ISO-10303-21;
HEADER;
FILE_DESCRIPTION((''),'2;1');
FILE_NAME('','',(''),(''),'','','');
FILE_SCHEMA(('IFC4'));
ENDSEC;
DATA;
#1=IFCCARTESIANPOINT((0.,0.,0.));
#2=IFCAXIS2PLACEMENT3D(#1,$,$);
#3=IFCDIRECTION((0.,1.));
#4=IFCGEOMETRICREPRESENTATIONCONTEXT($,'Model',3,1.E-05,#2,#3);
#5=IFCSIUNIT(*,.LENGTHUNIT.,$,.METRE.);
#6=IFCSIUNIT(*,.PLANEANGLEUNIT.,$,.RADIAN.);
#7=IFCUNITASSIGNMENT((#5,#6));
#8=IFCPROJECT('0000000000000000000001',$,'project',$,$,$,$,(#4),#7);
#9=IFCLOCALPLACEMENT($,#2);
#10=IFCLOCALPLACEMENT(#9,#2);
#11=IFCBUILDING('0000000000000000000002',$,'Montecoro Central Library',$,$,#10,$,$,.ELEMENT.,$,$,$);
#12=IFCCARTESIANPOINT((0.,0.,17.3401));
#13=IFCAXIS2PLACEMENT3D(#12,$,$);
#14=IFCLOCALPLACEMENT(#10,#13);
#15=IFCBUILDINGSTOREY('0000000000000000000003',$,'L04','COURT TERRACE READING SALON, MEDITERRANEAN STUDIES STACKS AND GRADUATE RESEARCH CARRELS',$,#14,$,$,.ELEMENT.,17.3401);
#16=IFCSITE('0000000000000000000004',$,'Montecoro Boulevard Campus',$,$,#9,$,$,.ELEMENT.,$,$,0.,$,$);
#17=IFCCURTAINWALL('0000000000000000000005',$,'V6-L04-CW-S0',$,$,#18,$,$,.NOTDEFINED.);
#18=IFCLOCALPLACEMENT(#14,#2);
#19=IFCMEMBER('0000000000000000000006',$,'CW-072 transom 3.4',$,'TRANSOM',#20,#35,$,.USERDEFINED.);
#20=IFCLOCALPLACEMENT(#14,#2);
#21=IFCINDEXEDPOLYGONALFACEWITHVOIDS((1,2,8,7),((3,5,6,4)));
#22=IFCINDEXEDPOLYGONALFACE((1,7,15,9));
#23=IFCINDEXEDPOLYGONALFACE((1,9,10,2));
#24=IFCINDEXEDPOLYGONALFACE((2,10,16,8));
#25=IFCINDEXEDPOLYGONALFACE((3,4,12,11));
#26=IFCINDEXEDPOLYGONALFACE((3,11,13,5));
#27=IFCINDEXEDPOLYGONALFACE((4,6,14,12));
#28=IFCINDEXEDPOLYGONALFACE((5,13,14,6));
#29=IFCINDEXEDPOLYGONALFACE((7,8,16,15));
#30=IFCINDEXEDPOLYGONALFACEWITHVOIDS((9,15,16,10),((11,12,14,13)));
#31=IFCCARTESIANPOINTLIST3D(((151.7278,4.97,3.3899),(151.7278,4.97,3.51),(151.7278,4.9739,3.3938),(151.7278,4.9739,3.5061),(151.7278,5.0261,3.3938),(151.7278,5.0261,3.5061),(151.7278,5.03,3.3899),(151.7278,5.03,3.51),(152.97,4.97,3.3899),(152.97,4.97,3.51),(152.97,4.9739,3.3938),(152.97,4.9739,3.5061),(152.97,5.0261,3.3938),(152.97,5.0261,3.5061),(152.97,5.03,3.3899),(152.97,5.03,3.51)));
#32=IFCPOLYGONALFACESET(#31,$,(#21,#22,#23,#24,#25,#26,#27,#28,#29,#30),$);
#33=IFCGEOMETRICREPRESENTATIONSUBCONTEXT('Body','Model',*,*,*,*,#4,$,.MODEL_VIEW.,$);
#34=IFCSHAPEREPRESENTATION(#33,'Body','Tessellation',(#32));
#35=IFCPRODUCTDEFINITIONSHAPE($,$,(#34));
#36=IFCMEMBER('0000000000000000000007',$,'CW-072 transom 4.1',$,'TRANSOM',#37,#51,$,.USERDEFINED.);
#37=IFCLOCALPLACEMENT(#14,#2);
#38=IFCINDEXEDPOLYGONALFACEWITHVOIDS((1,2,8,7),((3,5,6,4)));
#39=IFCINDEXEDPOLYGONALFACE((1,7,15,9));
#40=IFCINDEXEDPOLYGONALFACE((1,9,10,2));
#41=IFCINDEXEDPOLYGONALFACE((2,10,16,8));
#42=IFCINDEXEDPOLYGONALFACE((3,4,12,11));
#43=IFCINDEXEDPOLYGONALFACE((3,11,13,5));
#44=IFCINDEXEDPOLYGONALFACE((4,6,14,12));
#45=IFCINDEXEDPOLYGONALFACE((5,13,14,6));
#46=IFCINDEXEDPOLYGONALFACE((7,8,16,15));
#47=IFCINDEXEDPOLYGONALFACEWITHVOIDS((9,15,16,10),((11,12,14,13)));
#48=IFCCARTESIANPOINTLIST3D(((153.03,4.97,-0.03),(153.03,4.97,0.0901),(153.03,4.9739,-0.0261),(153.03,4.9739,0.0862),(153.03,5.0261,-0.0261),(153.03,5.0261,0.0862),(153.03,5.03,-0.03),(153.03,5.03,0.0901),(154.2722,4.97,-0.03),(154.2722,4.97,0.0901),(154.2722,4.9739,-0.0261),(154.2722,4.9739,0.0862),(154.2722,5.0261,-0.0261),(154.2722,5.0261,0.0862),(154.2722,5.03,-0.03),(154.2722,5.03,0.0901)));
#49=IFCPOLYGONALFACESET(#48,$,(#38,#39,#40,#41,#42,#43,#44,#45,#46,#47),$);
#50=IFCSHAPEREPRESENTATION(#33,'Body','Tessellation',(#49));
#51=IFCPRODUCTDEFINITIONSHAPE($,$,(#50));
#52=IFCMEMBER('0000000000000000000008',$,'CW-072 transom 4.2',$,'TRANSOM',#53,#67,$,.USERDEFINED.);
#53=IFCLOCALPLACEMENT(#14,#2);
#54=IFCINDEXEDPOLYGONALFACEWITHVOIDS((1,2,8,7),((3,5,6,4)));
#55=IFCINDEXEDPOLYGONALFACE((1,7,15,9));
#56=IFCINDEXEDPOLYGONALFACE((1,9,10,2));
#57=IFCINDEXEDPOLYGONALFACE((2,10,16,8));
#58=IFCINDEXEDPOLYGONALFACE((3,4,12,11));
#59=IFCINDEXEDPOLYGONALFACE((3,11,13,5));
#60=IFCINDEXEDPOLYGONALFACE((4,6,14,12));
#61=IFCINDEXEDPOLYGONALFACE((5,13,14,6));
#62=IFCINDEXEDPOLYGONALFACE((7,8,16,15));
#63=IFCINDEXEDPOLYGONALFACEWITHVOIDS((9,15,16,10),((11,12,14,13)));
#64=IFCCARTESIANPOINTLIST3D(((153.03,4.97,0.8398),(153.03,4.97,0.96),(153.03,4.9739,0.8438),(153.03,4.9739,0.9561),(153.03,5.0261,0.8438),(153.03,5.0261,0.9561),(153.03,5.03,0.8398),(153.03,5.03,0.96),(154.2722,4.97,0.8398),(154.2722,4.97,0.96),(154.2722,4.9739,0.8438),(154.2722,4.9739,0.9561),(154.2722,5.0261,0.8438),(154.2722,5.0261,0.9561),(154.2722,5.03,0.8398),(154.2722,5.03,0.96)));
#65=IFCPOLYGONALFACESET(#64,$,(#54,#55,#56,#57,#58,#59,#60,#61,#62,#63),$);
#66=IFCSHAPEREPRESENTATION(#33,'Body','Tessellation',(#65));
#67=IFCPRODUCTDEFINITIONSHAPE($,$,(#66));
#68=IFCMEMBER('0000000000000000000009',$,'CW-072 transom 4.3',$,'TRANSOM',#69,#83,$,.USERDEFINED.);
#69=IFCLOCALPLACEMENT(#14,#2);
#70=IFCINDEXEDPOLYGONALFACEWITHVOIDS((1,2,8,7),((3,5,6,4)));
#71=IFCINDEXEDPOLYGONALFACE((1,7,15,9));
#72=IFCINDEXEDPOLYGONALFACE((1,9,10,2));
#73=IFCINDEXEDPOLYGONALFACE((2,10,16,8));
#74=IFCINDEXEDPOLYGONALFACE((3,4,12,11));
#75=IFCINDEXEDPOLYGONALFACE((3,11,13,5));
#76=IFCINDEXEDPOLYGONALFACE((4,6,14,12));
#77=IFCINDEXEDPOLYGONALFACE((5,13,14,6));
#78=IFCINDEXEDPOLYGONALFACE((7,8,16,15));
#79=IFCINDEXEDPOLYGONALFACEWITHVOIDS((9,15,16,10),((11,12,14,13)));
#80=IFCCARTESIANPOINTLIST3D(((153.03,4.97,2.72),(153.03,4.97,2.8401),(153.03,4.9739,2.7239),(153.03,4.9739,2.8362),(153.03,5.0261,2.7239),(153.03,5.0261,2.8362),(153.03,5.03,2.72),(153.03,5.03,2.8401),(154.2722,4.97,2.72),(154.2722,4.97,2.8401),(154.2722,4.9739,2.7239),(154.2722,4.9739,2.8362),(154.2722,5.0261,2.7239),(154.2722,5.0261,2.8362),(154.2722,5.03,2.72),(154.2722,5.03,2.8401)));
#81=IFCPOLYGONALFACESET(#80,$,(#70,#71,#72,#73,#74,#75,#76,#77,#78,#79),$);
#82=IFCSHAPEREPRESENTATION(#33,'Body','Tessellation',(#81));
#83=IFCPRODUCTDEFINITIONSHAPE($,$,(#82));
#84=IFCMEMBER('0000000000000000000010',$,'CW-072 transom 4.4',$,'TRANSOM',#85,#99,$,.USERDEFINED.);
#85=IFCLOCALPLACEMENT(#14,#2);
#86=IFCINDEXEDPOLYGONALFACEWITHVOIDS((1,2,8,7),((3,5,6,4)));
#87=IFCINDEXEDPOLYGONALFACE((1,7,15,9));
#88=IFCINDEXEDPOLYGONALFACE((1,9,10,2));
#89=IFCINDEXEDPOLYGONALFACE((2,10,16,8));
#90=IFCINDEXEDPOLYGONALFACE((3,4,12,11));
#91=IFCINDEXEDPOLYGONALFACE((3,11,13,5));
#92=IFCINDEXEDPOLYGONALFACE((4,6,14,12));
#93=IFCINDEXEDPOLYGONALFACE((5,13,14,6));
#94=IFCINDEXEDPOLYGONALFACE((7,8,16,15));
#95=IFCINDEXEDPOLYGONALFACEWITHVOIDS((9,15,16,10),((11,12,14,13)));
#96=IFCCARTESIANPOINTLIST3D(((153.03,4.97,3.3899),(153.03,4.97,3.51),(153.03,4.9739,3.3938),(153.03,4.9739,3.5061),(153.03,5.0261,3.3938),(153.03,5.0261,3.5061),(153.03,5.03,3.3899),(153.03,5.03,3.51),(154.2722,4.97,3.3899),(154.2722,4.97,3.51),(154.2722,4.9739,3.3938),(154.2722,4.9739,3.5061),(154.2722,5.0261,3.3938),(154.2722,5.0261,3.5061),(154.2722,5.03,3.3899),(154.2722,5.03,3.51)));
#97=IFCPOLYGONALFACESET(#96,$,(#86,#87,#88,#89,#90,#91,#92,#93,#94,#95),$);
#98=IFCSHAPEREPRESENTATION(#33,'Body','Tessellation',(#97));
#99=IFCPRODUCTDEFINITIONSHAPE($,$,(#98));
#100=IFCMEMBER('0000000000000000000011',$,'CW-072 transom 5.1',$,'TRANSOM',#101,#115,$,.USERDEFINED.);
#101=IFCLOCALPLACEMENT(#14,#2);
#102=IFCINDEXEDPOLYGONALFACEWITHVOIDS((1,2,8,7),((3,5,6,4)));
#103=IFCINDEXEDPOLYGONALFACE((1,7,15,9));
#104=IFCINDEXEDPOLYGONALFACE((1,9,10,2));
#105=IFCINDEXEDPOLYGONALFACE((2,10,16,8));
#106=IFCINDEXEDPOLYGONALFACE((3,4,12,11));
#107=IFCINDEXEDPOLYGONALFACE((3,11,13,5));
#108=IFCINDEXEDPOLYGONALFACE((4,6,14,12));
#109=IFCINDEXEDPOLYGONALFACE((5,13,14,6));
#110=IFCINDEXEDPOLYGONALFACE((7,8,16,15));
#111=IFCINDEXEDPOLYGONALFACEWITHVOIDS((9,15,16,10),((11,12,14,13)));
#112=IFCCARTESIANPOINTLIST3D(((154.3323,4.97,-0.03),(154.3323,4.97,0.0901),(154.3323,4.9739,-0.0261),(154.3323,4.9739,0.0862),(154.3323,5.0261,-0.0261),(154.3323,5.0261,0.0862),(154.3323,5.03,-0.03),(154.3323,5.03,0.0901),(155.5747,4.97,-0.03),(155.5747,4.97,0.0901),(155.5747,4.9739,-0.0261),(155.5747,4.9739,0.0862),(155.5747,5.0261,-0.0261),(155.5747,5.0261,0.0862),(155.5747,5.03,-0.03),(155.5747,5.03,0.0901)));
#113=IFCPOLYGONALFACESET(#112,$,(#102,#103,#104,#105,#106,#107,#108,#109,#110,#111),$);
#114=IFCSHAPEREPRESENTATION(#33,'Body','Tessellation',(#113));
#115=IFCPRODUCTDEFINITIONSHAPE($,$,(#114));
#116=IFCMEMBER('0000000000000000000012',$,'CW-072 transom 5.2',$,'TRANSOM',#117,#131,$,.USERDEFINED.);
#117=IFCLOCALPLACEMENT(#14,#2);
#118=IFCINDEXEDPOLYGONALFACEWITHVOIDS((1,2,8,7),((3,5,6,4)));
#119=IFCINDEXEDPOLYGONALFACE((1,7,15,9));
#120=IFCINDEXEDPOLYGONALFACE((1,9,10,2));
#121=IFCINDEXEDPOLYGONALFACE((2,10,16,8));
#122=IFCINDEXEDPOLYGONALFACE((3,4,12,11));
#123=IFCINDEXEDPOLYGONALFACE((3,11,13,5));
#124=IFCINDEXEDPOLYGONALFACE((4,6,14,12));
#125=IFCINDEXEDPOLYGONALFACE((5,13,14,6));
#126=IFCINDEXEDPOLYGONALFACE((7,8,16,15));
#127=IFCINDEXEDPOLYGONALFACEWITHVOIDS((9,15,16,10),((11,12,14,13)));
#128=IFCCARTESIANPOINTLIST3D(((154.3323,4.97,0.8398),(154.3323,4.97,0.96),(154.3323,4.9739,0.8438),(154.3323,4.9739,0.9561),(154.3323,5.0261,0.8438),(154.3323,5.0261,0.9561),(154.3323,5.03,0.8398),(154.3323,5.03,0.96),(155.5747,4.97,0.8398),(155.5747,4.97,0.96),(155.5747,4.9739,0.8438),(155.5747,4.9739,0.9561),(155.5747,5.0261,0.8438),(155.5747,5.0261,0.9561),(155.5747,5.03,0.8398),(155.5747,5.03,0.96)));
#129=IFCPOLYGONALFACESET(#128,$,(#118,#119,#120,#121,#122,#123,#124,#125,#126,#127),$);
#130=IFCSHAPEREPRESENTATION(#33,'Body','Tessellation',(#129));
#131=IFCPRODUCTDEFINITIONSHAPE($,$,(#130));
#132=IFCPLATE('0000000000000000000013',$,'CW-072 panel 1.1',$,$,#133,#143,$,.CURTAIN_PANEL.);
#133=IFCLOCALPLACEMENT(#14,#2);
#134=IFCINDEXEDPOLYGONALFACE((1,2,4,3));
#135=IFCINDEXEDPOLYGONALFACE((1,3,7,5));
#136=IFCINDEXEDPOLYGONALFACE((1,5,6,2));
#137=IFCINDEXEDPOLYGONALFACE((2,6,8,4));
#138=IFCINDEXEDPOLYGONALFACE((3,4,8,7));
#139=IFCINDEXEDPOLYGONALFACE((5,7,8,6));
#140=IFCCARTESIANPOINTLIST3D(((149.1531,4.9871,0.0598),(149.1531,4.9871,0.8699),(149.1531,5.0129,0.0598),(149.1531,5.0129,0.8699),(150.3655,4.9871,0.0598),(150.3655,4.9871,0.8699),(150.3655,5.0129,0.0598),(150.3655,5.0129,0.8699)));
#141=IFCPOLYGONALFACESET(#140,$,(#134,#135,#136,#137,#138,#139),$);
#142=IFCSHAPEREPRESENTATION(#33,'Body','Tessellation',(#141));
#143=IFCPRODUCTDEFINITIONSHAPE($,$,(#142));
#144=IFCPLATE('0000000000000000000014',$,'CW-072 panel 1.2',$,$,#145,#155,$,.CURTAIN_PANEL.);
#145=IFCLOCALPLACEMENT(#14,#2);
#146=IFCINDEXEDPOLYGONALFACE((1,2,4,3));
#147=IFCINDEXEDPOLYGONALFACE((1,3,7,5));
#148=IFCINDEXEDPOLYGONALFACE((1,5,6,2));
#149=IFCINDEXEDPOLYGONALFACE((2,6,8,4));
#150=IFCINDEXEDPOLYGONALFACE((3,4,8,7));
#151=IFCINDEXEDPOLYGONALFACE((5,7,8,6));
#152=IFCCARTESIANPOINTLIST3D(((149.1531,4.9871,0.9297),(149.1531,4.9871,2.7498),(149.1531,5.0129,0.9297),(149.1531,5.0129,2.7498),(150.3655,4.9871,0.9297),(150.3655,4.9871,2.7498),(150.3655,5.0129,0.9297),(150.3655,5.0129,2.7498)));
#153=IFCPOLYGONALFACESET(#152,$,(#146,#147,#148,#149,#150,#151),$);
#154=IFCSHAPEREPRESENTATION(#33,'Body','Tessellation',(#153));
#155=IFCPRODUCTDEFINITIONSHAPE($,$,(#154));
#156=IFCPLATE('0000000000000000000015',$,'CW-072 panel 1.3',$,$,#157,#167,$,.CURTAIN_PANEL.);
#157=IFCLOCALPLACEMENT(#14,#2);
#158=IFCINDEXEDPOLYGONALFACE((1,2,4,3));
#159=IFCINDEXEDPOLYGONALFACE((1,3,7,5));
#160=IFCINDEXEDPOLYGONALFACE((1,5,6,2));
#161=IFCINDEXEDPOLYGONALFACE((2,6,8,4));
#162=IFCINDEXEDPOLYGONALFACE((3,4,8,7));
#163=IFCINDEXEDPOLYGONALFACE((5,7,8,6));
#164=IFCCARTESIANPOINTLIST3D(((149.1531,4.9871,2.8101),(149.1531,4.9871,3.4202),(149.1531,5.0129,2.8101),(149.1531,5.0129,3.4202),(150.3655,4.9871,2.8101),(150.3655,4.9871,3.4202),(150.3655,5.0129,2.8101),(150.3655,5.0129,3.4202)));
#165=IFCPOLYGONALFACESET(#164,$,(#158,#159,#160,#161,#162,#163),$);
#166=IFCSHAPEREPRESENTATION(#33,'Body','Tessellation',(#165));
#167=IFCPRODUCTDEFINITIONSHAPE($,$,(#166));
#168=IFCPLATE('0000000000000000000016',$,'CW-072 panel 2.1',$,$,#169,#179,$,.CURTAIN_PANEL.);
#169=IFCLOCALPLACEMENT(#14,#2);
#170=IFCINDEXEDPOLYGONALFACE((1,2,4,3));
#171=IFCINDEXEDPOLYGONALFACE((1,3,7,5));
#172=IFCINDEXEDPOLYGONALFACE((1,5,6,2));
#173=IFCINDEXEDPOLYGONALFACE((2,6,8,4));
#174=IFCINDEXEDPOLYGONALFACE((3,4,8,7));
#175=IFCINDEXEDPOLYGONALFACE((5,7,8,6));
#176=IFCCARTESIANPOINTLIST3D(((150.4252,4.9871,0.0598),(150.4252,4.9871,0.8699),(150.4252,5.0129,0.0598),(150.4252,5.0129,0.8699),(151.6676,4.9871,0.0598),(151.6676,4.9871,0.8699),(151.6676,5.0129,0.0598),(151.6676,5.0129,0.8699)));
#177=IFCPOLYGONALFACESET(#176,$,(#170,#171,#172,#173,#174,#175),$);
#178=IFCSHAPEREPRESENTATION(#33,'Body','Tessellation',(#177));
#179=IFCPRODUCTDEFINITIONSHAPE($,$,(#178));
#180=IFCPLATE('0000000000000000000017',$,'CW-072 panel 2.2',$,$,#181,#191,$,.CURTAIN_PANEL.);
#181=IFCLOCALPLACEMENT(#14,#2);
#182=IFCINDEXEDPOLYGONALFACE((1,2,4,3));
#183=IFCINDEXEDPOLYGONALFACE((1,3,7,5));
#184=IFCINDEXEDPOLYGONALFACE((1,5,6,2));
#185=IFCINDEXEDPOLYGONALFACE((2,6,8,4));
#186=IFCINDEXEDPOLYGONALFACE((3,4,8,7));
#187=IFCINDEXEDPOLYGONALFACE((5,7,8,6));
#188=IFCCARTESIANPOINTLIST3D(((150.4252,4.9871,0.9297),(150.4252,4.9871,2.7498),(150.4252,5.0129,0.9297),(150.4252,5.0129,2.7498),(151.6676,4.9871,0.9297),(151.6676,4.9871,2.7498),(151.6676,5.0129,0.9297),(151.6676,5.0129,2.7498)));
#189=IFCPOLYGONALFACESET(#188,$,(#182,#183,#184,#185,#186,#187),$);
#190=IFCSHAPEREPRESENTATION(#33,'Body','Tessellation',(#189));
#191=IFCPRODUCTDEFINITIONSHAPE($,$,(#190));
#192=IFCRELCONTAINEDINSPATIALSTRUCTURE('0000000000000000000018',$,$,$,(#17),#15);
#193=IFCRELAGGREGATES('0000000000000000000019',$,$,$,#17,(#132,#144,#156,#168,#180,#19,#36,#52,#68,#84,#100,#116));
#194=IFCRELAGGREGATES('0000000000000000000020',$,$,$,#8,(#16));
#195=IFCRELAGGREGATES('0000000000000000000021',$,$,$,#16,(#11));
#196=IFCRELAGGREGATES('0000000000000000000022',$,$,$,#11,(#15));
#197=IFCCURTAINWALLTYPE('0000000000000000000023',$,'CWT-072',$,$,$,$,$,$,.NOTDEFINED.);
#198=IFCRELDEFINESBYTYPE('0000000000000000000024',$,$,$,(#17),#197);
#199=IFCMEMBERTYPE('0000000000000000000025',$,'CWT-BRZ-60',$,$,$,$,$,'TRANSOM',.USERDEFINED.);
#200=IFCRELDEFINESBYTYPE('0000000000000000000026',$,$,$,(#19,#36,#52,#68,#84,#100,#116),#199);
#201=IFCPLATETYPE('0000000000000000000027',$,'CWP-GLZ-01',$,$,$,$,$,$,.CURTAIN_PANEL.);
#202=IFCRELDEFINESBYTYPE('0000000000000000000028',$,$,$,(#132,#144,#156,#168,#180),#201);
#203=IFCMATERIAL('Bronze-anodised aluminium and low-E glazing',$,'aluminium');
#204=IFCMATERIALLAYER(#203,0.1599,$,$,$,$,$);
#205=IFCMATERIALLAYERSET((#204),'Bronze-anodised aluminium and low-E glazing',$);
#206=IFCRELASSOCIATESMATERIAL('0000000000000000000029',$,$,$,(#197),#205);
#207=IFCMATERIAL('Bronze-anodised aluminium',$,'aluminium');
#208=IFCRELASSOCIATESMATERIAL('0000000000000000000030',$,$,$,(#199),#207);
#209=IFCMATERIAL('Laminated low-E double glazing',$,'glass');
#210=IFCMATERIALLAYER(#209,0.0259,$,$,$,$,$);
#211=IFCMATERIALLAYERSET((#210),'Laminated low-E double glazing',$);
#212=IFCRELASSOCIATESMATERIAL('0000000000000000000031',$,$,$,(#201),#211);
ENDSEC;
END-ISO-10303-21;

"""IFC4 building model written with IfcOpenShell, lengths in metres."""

from ifc_helpers import new_model, si_unit, direction, frame, origin, origin_2d, place, context, subcontext, project, spatial, rectangle, hollow_rectangle, extrude, material, layer, layer_set, material_profile, profile_set, type_object, element, aggregate, save


model = new_model("IFC4")

# Units and contexts
model_context = context("Model", 3, precision=1e-05, world=origin(), true_north=direction((0.0, 1.0)))
body_context = subcontext(model_context, "Body", "Model", "MODEL_VIEW")
ifc_project = project(units=[si_unit("LENGTHUNIT", "METRE"), si_unit("PLANEANGLEUNIT", "RADIAN")], contexts=[model_context])

# Site, building, storey
site_placement = place(None, origin())
site = spatial("IfcSite", under=ifc_project, at=site_placement, Name="Montecoro Boulevard Campus", CompositionType="ELEMENT", RefElevation=0.0)
building_placement = place(site_placement, origin())
building = spatial("IfcBuilding", under=site, at=building_placement, Name="Montecoro Central Library", CompositionType="ELEMENT")
storey_placement = place(building_placement, frame((0.0, 0.0, 17.3401)))
storey = spatial("IfcBuildingStorey", under=building, at=storey_placement, Name="L04", Description="COURT TERRACE READING SALON, MEDITERRANEAN STUDIES STACKS AND GRADUATE RESEARCH CARRELS", CompositionType="ELEMENT", Elevation=17.3401)

# Curtain wall, members, plates
ifc_material_1 = material(Name="Bronze-anodised aluminium and low-E glazing", Category="aluminium")
ifc_layer_1 = layer(ifc_material_1, 0.1599)
ifc_layer_set_1 = layer_set([ifc_layer_1], Name="Bronze-anodised aluminium and low-E glazing")
curtain_wall_type = type_object("IfcCurtainWallType", Name="CWT-072", PredefinedType="NOTDEFINED", material=ifc_layer_set_1)
curtain_wall_placement = place(storey_placement, origin())
curtain_wall = element("IfcCurtainWall", 1, at=curtain_wall_placement, inside=storey, type_object=curtain_wall_type, Name="V6-L04-CW-S0", PredefinedType="NOTDEFINED")
ifc_material_2 = material(Name="Bronze-anodised aluminium", Category="aluminium")
ifc_material_profile_1 = material_profile(ifc_material_2, hollow_rectangle(XDim=0.0601, YDim=0.1201, WallThickness=0.0039, at=origin_2d()), Name="CWT 120x60x4.0")
ifc_profile_set_1 = profile_set([ifc_material_profile_1], Name="Bronze-anodised aluminium")
member_type_1 = type_object("IfcMemberType", Name="CWT-BRZ-60", ElementType="TRANSOM", PredefinedType="USERDEFINED", material=ifc_profile_set_1)
member_1_placement = place(storey_placement, frame((151.7278, 5.0, 3.45), z_axis=(1.0, 0.0, 0.0), x_axis=(0.0, 1.0, 0.0)))
member_1 = element("IfcMember", 2, at=member_1_placement, type_object=member_type_1, Name="CW-072 transom 3.4", ObjectType="TRANSOM", PredefinedType="USERDEFINED", context=body_context, shape_type="SweptSolid", body=[
    extrude(hollow_rectangle(XDim=0.0601, YDim=0.1201, WallThickness=0.0039, at=origin_2d()), origin(), (0.0, 0.0, 1.0), 1.2422),
])
member_2_placement = place(storey_placement, frame((153.03, 5.0, 0.03), z_axis=(1.0, 0.0, 0.0), x_axis=(0.0, 1.0, 0.0)))
member_2 = element("IfcMember", 3, at=member_2_placement, type_object=member_type_1, Name="CW-072 transom 4.1", ObjectType="TRANSOM", PredefinedType="USERDEFINED", context=body_context, shape_type="SweptSolid", body=[
    extrude(hollow_rectangle(XDim=0.0601, YDim=0.1201, WallThickness=0.0039, at=origin_2d()), origin(), (0.0, 0.0, 1.0), 1.2422),
])
member_3_placement = place(storey_placement, frame((153.03, 5.0, 0.8999), z_axis=(1.0, 0.0, 0.0), x_axis=(0.0, 1.0, 0.0)))
member_3 = element("IfcMember", 4, at=member_3_placement, type_object=member_type_1, Name="CW-072 transom 4.2", ObjectType="TRANSOM", PredefinedType="USERDEFINED", context=body_context, shape_type="SweptSolid", body=[
    extrude(hollow_rectangle(XDim=0.0601, YDim=0.1201, WallThickness=0.0039, at=origin_2d()), origin(), (0.0, 0.0, 1.0), 1.2422),
])
member_4_placement = place(storey_placement, frame((153.03, 5.0, 2.78), z_axis=(1.0, 0.0, 0.0), x_axis=(0.0, 1.0, 0.0)))
member_4 = element("IfcMember", 5, at=member_4_placement, type_object=member_type_1, Name="CW-072 transom 4.3", ObjectType="TRANSOM", PredefinedType="USERDEFINED", context=body_context, shape_type="SweptSolid", body=[
    extrude(hollow_rectangle(XDim=0.0601, YDim=0.1201, WallThickness=0.0039, at=origin_2d()), origin(), (0.0, 0.0, 1.0), 1.2422),
])
member_5_placement = place(storey_placement, frame((153.03, 5.0, 3.45), z_axis=(1.0, 0.0, 0.0), x_axis=(0.0, 1.0, 0.0)))
member_5 = element("IfcMember", 6, at=member_5_placement, type_object=member_type_1, Name="CW-072 transom 4.4", ObjectType="TRANSOM", PredefinedType="USERDEFINED", context=body_context, shape_type="SweptSolid", body=[
    extrude(hollow_rectangle(XDim=0.0601, YDim=0.1201, WallThickness=0.0039, at=origin_2d()), origin(), (0.0, 0.0, 1.0), 1.2422),
])
member_6_placement = place(storey_placement, frame((154.3323, 5.0, 0.03), z_axis=(1.0, 0.0, 0.0), x_axis=(0.0, 1.0, 0.0)))
member_6 = element("IfcMember", 7, at=member_6_placement, type_object=member_type_1, Name="CW-072 transom 5.1", ObjectType="TRANSOM", PredefinedType="USERDEFINED", context=body_context, shape_type="SweptSolid", body=[
    extrude(hollow_rectangle(XDim=0.0601, YDim=0.1201, WallThickness=0.0039, at=origin_2d()), origin(), (0.0, 0.0, 1.0), 1.2424),
])
member_7_placement = place(storey_placement, frame((154.3323, 5.0, 0.8999), z_axis=(1.0, 0.0, 0.0), x_axis=(0.0, 1.0, 0.0)))
member_7 = element("IfcMember", 8, at=member_7_placement, type_object=member_type_1, Name="CW-072 transom 5.2", ObjectType="TRANSOM", PredefinedType="USERDEFINED", context=body_context, shape_type="SweptSolid", body=[
    extrude(hollow_rectangle(XDim=0.0601, YDim=0.1201, WallThickness=0.0039, at=origin_2d()), origin(), (0.0, 0.0, 1.0), 1.2424),
])
ifc_material_3 = material(Name="Laminated low-E double glazing", Category="glass")
ifc_layer_2 = layer(ifc_material_3, 0.0259)
ifc_layer_set_2 = layer_set([ifc_layer_2], Name="Laminated low-E double glazing")
plate_type_1 = type_object("IfcPlateType", Name="CWP-GLZ-01", PredefinedType="CURTAIN_PANEL", material=ifc_layer_set_2)
plate_1_placement = place(storey_placement, frame((149.7593, 5.0, 0.0598), z_axis=(0.0, 0.0, 1.0), x_axis=(1.0, 0.0, 0.0)))
plate_1 = element("IfcPlate", 9, at=plate_1_placement, type_object=plate_type_1, Name="CW-072 panel 1.1", PredefinedType="CURTAIN_PANEL", context=body_context, shape_type="SweptSolid", body=[
    extrude(rectangle(XDim=1.2124, YDim=0.0259, at=origin_2d()), origin(), (0.0, 0.0, 1.0), 0.8101),
])
plate_2_placement = place(storey_placement, frame((149.7593, 5.0, 0.9297), z_axis=(0.0, 0.0, 1.0), x_axis=(1.0, 0.0, 0.0)))
plate_2 = element("IfcPlate", 10, at=plate_2_placement, type_object=plate_type_1, Name="CW-072 panel 1.2", PredefinedType="CURTAIN_PANEL", context=body_context, shape_type="SweptSolid", body=[
    extrude(rectangle(XDim=1.2124, YDim=0.0259, at=origin_2d()), origin(), (0.0, 0.0, 1.0), 1.8201),
])
plate_3_placement = place(storey_placement, frame((149.7593, 5.0, 2.8101), z_axis=(0.0, 0.0, 1.0), x_axis=(1.0, 0.0, 0.0)))
plate_3 = element("IfcPlate", 11, at=plate_3_placement, type_object=plate_type_1, Name="CW-072 panel 1.3", PredefinedType="CURTAIN_PANEL", context=body_context, shape_type="SweptSolid", body=[
    extrude(rectangle(XDim=1.2124, YDim=0.0259, at=origin_2d()), origin(), (0.0, 0.0, 1.0), 0.6101),
])
plate_4_placement = place(storey_placement, frame((151.0464, 5.0, 0.0598), z_axis=(0.0, 0.0, 1.0), x_axis=(1.0, 0.0, 0.0)))
plate_4 = element("IfcPlate", 12, at=plate_4_placement, type_object=plate_type_1, Name="CW-072 panel 2.1", PredefinedType="CURTAIN_PANEL", context=body_context, shape_type="SweptSolid", body=[
    extrude(rectangle(XDim=1.2424, YDim=0.0259, at=origin_2d()), origin(), (0.0, 0.0, 1.0), 0.8101),
])
plate_5_placement = place(storey_placement, frame((151.0464, 5.0, 0.9297), z_axis=(0.0, 0.0, 1.0), x_axis=(1.0, 0.0, 0.0)))
plate_5 = element("IfcPlate", 13, at=plate_5_placement, type_object=plate_type_1, Name="CW-072 panel 2.2", PredefinedType="CURTAIN_PANEL", context=body_context, shape_type="SweptSolid", body=[
    extrude(rectangle(XDim=1.2424, YDim=0.0259, at=origin_2d()), origin(), (0.0, 0.0, 1.0), 1.8201),
])
aggregate(curtain_wall, [plate_1, plate_2, plate_3, plate_4, plate_5, member_1, member_2, member_3, member_4, member_5, member_6, member_7])

save(model, "model.ifc")
